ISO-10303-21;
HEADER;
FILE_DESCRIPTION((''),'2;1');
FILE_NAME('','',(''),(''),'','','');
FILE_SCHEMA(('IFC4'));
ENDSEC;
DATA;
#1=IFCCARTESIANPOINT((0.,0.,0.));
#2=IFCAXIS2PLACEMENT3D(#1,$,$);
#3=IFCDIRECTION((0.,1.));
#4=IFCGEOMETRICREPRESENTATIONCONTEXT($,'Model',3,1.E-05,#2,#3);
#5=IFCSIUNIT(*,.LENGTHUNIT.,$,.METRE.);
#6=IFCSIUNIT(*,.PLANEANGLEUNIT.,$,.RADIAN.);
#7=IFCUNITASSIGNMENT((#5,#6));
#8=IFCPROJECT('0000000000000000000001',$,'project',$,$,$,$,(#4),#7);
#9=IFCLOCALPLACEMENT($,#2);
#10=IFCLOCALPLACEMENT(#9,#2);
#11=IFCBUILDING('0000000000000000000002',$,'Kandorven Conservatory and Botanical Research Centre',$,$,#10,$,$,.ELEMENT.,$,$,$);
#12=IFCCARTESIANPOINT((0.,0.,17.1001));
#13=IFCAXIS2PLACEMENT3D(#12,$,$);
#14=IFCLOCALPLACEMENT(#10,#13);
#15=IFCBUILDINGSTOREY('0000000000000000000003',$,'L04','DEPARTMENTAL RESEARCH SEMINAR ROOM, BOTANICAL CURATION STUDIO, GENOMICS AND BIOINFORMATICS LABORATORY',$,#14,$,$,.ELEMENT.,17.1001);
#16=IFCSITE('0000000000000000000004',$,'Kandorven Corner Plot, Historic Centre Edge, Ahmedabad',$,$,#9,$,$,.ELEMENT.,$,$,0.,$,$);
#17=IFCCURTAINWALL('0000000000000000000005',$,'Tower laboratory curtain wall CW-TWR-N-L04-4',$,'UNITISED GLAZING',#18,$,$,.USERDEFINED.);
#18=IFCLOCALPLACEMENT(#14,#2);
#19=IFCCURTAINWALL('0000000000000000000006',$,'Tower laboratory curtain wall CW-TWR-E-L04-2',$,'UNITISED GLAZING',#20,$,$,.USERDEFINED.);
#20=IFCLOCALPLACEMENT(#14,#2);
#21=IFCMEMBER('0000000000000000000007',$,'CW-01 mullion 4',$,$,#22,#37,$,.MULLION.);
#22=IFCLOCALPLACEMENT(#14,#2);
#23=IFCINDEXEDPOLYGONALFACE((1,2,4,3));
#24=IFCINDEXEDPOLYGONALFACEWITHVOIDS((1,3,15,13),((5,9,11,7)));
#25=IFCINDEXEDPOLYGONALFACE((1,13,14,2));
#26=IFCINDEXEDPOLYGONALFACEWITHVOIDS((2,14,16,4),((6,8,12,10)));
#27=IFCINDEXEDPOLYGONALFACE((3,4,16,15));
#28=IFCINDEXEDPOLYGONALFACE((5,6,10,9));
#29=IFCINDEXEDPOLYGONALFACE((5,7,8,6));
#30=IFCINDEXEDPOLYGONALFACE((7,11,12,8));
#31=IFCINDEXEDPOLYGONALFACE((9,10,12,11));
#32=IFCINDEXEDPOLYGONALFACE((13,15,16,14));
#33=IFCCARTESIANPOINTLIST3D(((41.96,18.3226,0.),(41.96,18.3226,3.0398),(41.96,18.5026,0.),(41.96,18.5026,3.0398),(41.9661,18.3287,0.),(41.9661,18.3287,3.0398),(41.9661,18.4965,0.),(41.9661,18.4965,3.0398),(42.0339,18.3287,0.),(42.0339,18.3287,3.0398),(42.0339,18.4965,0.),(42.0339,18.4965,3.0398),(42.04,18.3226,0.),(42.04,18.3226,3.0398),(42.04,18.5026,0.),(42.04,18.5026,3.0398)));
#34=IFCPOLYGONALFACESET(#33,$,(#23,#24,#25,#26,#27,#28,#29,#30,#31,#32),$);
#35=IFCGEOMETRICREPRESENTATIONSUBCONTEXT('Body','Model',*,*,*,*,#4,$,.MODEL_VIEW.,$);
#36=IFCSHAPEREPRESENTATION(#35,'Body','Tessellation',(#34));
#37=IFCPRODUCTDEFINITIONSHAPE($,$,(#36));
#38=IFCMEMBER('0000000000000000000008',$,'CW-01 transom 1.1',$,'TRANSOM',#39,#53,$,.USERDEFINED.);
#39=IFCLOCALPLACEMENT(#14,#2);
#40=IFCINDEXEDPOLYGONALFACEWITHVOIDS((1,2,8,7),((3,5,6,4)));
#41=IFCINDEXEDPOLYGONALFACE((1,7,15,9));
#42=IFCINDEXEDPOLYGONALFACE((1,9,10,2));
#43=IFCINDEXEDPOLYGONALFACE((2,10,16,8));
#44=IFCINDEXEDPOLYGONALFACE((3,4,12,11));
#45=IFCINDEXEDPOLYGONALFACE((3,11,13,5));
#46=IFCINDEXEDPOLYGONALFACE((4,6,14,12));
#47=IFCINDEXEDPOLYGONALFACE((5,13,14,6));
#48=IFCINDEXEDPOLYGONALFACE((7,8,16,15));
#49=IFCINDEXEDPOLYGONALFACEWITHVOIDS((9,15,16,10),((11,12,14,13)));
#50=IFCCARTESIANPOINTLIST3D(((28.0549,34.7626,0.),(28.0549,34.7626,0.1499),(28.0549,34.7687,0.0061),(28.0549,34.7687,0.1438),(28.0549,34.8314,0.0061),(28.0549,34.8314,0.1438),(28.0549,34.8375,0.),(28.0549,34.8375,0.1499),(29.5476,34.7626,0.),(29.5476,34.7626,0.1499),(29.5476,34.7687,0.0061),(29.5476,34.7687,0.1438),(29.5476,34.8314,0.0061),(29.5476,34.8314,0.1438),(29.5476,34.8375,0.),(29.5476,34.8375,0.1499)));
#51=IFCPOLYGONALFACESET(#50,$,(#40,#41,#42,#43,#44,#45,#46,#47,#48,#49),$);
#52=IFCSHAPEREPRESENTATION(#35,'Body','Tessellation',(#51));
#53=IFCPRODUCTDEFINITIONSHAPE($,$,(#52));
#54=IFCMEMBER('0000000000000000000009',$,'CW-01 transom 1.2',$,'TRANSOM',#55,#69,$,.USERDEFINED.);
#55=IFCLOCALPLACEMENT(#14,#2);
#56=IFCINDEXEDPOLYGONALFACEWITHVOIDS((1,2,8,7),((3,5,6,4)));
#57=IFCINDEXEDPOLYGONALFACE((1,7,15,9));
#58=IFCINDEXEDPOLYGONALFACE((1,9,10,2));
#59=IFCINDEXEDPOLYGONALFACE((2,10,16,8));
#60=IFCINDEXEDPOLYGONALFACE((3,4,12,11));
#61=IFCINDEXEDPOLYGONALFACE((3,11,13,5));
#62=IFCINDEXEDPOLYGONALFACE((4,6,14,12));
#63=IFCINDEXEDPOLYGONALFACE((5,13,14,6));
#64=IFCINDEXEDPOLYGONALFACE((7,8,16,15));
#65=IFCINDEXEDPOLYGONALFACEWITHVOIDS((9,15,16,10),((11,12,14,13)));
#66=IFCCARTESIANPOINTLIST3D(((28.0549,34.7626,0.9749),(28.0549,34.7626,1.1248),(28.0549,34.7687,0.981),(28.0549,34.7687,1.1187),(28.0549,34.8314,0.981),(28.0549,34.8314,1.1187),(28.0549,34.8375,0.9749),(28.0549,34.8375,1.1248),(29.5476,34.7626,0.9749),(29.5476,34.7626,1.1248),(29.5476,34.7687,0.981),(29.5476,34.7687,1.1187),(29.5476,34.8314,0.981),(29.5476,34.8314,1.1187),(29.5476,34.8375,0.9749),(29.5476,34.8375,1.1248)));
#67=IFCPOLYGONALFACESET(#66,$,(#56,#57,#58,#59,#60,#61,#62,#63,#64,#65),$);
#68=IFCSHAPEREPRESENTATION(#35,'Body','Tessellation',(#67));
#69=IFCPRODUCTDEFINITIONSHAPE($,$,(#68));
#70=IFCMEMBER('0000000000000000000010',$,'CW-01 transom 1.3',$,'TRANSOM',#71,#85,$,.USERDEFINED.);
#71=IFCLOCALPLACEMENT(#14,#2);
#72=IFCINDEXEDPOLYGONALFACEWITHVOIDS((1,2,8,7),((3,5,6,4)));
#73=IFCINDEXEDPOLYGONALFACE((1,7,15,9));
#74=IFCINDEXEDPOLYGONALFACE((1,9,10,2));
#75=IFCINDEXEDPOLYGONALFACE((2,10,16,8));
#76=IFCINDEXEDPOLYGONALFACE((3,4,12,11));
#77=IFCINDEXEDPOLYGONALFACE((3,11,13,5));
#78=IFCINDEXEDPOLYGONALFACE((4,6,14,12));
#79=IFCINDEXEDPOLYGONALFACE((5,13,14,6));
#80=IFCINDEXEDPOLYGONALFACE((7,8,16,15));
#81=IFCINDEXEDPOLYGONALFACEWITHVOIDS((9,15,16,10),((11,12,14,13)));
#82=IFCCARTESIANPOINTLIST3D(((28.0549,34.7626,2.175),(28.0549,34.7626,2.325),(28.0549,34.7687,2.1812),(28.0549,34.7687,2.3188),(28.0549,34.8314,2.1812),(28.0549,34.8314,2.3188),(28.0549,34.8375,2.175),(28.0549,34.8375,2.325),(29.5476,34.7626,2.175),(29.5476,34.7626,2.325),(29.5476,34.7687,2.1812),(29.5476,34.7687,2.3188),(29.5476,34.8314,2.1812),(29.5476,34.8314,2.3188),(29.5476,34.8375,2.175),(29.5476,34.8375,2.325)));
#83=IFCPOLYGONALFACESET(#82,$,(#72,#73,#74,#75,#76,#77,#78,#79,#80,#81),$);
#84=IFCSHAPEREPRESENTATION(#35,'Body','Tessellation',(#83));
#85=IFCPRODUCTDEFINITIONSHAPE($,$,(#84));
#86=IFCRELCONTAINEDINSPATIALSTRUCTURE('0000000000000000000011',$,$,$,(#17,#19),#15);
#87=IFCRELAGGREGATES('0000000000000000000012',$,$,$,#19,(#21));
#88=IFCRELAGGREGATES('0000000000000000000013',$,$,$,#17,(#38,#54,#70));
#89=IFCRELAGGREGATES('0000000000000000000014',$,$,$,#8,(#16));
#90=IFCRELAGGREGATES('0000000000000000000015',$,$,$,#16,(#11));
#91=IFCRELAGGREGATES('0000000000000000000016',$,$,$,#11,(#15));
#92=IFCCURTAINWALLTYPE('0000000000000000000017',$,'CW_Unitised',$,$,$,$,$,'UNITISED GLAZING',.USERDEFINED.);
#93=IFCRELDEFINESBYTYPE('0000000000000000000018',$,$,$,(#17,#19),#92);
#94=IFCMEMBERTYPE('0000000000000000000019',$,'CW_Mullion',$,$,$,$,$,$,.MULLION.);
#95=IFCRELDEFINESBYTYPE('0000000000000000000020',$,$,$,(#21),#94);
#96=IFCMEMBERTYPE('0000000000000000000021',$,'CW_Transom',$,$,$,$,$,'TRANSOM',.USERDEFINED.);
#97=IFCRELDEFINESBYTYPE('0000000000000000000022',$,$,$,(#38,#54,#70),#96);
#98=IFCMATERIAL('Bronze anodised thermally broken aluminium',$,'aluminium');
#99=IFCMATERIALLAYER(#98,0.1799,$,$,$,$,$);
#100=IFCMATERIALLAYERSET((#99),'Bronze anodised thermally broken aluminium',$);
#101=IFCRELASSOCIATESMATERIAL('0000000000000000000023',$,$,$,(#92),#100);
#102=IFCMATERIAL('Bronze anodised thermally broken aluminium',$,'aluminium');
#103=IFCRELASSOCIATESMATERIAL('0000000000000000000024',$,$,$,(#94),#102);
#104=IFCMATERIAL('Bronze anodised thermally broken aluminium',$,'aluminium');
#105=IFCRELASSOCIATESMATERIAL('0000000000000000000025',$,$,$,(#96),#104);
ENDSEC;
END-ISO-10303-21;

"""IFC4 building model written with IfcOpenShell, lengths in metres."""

from ifc_helpers import new_model, si_unit, direction, frame, origin, origin_2d, place, context, subcontext, project, spatial, hollow_rectangle, extrude, material, layer, layer_set, material_profile, profile_set, type_object, element, aggregate, save


model = new_model("IFC4")

# Units and contexts
model_context = context("Model", 3, precision=1e-05, world=origin(), true_north=direction((0.0, 1.0)))
body_context = subcontext(model_context, "Body", "Model", "MODEL_VIEW")
ifc_project = project(units=[si_unit("LENGTHUNIT", "METRE"), si_unit("PLANEANGLEUNIT", "RADIAN")], contexts=[model_context])

# Site, building, storey
site_placement = place(None, origin())
site = spatial("IfcSite", under=ifc_project, at=site_placement, Name="Kandorven Corner Plot, Historic Centre Edge, Ahmedabad", CompositionType="ELEMENT", RefElevation=0.0)
building_placement = place(site_placement, origin())
building = spatial("IfcBuilding", under=site, at=building_placement, Name="Kandorven Conservatory and Botanical Research Centre", CompositionType="ELEMENT")
storey_placement = place(building_placement, frame((0.0, 0.0, 17.1001)))
storey = spatial("IfcBuildingStorey", under=building, at=storey_placement, Name="L04", Description="DEPARTMENTAL RESEARCH SEMINAR ROOM, BOTANICAL CURATION STUDIO, GENOMICS AND BIOINFORMATICS LABORATORY", CompositionType="ELEMENT", Elevation=17.1001)

# Curtain wall
ifc_material_1 = material(Name="Bronze anodised thermally broken aluminium", Category="aluminium")
ifc_layer = layer(ifc_material_1, 0.1799)
ifc_layer_set = layer_set([ifc_layer], Name="Bronze anodised thermally broken aluminium")
curtain_wall_type = type_object("IfcCurtainWallType", Name="CW_Unitised", ElementType="UNITISED GLAZING", PredefinedType="USERDEFINED", material=ifc_layer_set)
curtain_wall_1_placement = place(storey_placement, origin())
curtain_wall_1 = element("IfcCurtainWall", 1, at=curtain_wall_1_placement, inside=storey, type_object=curtain_wall_type, Name="Tower laboratory curtain wall CW-TWR-N-L04-4", ObjectType="UNITISED GLAZING", PredefinedType="USERDEFINED")
ifc_material_2 = material(Name="Bronze anodised thermally broken aluminium", Category="aluminium")
ifc_material_profile_1 = material_profile(ifc_material_2, hollow_rectangle(XDim=0.0801, YDim=0.1799, WallThickness=0.0061, at=origin_2d()))
ifc_profile_set_1 = profile_set([ifc_material_profile_1], Name="Bronze anodised thermally broken aluminium")
member_type_1 = type_object("IfcMemberType", Name="CW_Mullion", PredefinedType="MULLION", material=ifc_profile_set_1)

# Curtain wall, member
curtain_wall_2_placement = place(storey_placement, origin())
curtain_wall_2 = element("IfcCurtainWall", 2, at=curtain_wall_2_placement, inside=storey, type_object=curtain_wall_type, Name="Tower laboratory curtain wall CW-TWR-E-L04-2", ObjectType="UNITISED GLAZING", PredefinedType="USERDEFINED")
member_1_placement = place(storey_placement, frame((42.0, 18.4126, 0.0), z_axis=(0.0, 0.0, 1.0), x_axis=(-1.0, 0.0, 0.0)))
member_1 = element("IfcMember", 3, at=member_1_placement, type_object=member_type_1, Name="CW-01 mullion 4", PredefinedType="MULLION", context=body_context, shape_type="SweptSolid", body=[
    extrude(hollow_rectangle(XDim=0.0801, YDim=0.1799, WallThickness=0.0061, at=origin_2d()), origin(), (0.0, 0.0, 1.0), 3.0398),
])
aggregate(curtain_wall_2, [member_1])

# Members
ifc_material_3 = material(Name="Bronze anodised thermally broken aluminium", Category="aluminium")
ifc_material_profile_2 = material_profile(ifc_material_3, hollow_rectangle(XDim=0.075, YDim=0.1499, WallThickness=0.0061, at=origin_2d()))
ifc_profile_set_2 = profile_set([ifc_material_profile_2], Name="Bronze anodised thermally broken aluminium")
member_type_2 = type_object("IfcMemberType", Name="CW_Transom", ElementType="TRANSOM", PredefinedType="USERDEFINED", material=ifc_profile_set_2)
member_2_placement = place(storey_placement, frame((28.0549, 34.8, 0.075), z_axis=(1.0, 0.0, 0.0), x_axis=(0.0, 1.0, 0.0)))
member_2 = element("IfcMember", 4, at=member_2_placement, type_object=member_type_2, Name="CW-01 transom 1.1", ObjectType="TRANSOM", PredefinedType="USERDEFINED", context=body_context, shape_type="SweptSolid", body=[
    extrude(hollow_rectangle(XDim=0.075, YDim=0.1499, WallThickness=0.0061, at=origin_2d()), origin(), (0.0, 0.0, 1.0), 1.4927),
])
member_3_placement = place(storey_placement, frame((28.0549, 34.8, 1.0498), z_axis=(1.0, 0.0, 0.0), x_axis=(0.0, 1.0, 0.0)))
member_3 = element("IfcMember", 5, at=member_3_placement, type_object=member_type_2, Name="CW-01 transom 1.2", ObjectType="TRANSOM", PredefinedType="USERDEFINED", context=body_context, shape_type="SweptSolid", body=[
    extrude(hollow_rectangle(XDim=0.075, YDim=0.1499, WallThickness=0.0061, at=origin_2d()), origin(), (0.0, 0.0, 1.0), 1.4927),
])
member_4_placement = place(storey_placement, frame((28.0549, 34.8, 2.25), z_axis=(1.0, 0.0, 0.0), x_axis=(0.0, 1.0, 0.0)))
member_4 = element("IfcMember", 6, at=member_4_placement, type_object=member_type_2, Name="CW-01 transom 1.3", ObjectType="TRANSOM", PredefinedType="USERDEFINED", context=body_context, shape_type="SweptSolid", body=[
    extrude(hollow_rectangle(XDim=0.075, YDim=0.1499, WallThickness=0.0061, at=origin_2d()), origin(), (0.0, 0.0, 1.0), 1.4927),
])
aggregate(curtain_wall_1, [member_2, member_3, member_4])

save(model, "model.ifc")
